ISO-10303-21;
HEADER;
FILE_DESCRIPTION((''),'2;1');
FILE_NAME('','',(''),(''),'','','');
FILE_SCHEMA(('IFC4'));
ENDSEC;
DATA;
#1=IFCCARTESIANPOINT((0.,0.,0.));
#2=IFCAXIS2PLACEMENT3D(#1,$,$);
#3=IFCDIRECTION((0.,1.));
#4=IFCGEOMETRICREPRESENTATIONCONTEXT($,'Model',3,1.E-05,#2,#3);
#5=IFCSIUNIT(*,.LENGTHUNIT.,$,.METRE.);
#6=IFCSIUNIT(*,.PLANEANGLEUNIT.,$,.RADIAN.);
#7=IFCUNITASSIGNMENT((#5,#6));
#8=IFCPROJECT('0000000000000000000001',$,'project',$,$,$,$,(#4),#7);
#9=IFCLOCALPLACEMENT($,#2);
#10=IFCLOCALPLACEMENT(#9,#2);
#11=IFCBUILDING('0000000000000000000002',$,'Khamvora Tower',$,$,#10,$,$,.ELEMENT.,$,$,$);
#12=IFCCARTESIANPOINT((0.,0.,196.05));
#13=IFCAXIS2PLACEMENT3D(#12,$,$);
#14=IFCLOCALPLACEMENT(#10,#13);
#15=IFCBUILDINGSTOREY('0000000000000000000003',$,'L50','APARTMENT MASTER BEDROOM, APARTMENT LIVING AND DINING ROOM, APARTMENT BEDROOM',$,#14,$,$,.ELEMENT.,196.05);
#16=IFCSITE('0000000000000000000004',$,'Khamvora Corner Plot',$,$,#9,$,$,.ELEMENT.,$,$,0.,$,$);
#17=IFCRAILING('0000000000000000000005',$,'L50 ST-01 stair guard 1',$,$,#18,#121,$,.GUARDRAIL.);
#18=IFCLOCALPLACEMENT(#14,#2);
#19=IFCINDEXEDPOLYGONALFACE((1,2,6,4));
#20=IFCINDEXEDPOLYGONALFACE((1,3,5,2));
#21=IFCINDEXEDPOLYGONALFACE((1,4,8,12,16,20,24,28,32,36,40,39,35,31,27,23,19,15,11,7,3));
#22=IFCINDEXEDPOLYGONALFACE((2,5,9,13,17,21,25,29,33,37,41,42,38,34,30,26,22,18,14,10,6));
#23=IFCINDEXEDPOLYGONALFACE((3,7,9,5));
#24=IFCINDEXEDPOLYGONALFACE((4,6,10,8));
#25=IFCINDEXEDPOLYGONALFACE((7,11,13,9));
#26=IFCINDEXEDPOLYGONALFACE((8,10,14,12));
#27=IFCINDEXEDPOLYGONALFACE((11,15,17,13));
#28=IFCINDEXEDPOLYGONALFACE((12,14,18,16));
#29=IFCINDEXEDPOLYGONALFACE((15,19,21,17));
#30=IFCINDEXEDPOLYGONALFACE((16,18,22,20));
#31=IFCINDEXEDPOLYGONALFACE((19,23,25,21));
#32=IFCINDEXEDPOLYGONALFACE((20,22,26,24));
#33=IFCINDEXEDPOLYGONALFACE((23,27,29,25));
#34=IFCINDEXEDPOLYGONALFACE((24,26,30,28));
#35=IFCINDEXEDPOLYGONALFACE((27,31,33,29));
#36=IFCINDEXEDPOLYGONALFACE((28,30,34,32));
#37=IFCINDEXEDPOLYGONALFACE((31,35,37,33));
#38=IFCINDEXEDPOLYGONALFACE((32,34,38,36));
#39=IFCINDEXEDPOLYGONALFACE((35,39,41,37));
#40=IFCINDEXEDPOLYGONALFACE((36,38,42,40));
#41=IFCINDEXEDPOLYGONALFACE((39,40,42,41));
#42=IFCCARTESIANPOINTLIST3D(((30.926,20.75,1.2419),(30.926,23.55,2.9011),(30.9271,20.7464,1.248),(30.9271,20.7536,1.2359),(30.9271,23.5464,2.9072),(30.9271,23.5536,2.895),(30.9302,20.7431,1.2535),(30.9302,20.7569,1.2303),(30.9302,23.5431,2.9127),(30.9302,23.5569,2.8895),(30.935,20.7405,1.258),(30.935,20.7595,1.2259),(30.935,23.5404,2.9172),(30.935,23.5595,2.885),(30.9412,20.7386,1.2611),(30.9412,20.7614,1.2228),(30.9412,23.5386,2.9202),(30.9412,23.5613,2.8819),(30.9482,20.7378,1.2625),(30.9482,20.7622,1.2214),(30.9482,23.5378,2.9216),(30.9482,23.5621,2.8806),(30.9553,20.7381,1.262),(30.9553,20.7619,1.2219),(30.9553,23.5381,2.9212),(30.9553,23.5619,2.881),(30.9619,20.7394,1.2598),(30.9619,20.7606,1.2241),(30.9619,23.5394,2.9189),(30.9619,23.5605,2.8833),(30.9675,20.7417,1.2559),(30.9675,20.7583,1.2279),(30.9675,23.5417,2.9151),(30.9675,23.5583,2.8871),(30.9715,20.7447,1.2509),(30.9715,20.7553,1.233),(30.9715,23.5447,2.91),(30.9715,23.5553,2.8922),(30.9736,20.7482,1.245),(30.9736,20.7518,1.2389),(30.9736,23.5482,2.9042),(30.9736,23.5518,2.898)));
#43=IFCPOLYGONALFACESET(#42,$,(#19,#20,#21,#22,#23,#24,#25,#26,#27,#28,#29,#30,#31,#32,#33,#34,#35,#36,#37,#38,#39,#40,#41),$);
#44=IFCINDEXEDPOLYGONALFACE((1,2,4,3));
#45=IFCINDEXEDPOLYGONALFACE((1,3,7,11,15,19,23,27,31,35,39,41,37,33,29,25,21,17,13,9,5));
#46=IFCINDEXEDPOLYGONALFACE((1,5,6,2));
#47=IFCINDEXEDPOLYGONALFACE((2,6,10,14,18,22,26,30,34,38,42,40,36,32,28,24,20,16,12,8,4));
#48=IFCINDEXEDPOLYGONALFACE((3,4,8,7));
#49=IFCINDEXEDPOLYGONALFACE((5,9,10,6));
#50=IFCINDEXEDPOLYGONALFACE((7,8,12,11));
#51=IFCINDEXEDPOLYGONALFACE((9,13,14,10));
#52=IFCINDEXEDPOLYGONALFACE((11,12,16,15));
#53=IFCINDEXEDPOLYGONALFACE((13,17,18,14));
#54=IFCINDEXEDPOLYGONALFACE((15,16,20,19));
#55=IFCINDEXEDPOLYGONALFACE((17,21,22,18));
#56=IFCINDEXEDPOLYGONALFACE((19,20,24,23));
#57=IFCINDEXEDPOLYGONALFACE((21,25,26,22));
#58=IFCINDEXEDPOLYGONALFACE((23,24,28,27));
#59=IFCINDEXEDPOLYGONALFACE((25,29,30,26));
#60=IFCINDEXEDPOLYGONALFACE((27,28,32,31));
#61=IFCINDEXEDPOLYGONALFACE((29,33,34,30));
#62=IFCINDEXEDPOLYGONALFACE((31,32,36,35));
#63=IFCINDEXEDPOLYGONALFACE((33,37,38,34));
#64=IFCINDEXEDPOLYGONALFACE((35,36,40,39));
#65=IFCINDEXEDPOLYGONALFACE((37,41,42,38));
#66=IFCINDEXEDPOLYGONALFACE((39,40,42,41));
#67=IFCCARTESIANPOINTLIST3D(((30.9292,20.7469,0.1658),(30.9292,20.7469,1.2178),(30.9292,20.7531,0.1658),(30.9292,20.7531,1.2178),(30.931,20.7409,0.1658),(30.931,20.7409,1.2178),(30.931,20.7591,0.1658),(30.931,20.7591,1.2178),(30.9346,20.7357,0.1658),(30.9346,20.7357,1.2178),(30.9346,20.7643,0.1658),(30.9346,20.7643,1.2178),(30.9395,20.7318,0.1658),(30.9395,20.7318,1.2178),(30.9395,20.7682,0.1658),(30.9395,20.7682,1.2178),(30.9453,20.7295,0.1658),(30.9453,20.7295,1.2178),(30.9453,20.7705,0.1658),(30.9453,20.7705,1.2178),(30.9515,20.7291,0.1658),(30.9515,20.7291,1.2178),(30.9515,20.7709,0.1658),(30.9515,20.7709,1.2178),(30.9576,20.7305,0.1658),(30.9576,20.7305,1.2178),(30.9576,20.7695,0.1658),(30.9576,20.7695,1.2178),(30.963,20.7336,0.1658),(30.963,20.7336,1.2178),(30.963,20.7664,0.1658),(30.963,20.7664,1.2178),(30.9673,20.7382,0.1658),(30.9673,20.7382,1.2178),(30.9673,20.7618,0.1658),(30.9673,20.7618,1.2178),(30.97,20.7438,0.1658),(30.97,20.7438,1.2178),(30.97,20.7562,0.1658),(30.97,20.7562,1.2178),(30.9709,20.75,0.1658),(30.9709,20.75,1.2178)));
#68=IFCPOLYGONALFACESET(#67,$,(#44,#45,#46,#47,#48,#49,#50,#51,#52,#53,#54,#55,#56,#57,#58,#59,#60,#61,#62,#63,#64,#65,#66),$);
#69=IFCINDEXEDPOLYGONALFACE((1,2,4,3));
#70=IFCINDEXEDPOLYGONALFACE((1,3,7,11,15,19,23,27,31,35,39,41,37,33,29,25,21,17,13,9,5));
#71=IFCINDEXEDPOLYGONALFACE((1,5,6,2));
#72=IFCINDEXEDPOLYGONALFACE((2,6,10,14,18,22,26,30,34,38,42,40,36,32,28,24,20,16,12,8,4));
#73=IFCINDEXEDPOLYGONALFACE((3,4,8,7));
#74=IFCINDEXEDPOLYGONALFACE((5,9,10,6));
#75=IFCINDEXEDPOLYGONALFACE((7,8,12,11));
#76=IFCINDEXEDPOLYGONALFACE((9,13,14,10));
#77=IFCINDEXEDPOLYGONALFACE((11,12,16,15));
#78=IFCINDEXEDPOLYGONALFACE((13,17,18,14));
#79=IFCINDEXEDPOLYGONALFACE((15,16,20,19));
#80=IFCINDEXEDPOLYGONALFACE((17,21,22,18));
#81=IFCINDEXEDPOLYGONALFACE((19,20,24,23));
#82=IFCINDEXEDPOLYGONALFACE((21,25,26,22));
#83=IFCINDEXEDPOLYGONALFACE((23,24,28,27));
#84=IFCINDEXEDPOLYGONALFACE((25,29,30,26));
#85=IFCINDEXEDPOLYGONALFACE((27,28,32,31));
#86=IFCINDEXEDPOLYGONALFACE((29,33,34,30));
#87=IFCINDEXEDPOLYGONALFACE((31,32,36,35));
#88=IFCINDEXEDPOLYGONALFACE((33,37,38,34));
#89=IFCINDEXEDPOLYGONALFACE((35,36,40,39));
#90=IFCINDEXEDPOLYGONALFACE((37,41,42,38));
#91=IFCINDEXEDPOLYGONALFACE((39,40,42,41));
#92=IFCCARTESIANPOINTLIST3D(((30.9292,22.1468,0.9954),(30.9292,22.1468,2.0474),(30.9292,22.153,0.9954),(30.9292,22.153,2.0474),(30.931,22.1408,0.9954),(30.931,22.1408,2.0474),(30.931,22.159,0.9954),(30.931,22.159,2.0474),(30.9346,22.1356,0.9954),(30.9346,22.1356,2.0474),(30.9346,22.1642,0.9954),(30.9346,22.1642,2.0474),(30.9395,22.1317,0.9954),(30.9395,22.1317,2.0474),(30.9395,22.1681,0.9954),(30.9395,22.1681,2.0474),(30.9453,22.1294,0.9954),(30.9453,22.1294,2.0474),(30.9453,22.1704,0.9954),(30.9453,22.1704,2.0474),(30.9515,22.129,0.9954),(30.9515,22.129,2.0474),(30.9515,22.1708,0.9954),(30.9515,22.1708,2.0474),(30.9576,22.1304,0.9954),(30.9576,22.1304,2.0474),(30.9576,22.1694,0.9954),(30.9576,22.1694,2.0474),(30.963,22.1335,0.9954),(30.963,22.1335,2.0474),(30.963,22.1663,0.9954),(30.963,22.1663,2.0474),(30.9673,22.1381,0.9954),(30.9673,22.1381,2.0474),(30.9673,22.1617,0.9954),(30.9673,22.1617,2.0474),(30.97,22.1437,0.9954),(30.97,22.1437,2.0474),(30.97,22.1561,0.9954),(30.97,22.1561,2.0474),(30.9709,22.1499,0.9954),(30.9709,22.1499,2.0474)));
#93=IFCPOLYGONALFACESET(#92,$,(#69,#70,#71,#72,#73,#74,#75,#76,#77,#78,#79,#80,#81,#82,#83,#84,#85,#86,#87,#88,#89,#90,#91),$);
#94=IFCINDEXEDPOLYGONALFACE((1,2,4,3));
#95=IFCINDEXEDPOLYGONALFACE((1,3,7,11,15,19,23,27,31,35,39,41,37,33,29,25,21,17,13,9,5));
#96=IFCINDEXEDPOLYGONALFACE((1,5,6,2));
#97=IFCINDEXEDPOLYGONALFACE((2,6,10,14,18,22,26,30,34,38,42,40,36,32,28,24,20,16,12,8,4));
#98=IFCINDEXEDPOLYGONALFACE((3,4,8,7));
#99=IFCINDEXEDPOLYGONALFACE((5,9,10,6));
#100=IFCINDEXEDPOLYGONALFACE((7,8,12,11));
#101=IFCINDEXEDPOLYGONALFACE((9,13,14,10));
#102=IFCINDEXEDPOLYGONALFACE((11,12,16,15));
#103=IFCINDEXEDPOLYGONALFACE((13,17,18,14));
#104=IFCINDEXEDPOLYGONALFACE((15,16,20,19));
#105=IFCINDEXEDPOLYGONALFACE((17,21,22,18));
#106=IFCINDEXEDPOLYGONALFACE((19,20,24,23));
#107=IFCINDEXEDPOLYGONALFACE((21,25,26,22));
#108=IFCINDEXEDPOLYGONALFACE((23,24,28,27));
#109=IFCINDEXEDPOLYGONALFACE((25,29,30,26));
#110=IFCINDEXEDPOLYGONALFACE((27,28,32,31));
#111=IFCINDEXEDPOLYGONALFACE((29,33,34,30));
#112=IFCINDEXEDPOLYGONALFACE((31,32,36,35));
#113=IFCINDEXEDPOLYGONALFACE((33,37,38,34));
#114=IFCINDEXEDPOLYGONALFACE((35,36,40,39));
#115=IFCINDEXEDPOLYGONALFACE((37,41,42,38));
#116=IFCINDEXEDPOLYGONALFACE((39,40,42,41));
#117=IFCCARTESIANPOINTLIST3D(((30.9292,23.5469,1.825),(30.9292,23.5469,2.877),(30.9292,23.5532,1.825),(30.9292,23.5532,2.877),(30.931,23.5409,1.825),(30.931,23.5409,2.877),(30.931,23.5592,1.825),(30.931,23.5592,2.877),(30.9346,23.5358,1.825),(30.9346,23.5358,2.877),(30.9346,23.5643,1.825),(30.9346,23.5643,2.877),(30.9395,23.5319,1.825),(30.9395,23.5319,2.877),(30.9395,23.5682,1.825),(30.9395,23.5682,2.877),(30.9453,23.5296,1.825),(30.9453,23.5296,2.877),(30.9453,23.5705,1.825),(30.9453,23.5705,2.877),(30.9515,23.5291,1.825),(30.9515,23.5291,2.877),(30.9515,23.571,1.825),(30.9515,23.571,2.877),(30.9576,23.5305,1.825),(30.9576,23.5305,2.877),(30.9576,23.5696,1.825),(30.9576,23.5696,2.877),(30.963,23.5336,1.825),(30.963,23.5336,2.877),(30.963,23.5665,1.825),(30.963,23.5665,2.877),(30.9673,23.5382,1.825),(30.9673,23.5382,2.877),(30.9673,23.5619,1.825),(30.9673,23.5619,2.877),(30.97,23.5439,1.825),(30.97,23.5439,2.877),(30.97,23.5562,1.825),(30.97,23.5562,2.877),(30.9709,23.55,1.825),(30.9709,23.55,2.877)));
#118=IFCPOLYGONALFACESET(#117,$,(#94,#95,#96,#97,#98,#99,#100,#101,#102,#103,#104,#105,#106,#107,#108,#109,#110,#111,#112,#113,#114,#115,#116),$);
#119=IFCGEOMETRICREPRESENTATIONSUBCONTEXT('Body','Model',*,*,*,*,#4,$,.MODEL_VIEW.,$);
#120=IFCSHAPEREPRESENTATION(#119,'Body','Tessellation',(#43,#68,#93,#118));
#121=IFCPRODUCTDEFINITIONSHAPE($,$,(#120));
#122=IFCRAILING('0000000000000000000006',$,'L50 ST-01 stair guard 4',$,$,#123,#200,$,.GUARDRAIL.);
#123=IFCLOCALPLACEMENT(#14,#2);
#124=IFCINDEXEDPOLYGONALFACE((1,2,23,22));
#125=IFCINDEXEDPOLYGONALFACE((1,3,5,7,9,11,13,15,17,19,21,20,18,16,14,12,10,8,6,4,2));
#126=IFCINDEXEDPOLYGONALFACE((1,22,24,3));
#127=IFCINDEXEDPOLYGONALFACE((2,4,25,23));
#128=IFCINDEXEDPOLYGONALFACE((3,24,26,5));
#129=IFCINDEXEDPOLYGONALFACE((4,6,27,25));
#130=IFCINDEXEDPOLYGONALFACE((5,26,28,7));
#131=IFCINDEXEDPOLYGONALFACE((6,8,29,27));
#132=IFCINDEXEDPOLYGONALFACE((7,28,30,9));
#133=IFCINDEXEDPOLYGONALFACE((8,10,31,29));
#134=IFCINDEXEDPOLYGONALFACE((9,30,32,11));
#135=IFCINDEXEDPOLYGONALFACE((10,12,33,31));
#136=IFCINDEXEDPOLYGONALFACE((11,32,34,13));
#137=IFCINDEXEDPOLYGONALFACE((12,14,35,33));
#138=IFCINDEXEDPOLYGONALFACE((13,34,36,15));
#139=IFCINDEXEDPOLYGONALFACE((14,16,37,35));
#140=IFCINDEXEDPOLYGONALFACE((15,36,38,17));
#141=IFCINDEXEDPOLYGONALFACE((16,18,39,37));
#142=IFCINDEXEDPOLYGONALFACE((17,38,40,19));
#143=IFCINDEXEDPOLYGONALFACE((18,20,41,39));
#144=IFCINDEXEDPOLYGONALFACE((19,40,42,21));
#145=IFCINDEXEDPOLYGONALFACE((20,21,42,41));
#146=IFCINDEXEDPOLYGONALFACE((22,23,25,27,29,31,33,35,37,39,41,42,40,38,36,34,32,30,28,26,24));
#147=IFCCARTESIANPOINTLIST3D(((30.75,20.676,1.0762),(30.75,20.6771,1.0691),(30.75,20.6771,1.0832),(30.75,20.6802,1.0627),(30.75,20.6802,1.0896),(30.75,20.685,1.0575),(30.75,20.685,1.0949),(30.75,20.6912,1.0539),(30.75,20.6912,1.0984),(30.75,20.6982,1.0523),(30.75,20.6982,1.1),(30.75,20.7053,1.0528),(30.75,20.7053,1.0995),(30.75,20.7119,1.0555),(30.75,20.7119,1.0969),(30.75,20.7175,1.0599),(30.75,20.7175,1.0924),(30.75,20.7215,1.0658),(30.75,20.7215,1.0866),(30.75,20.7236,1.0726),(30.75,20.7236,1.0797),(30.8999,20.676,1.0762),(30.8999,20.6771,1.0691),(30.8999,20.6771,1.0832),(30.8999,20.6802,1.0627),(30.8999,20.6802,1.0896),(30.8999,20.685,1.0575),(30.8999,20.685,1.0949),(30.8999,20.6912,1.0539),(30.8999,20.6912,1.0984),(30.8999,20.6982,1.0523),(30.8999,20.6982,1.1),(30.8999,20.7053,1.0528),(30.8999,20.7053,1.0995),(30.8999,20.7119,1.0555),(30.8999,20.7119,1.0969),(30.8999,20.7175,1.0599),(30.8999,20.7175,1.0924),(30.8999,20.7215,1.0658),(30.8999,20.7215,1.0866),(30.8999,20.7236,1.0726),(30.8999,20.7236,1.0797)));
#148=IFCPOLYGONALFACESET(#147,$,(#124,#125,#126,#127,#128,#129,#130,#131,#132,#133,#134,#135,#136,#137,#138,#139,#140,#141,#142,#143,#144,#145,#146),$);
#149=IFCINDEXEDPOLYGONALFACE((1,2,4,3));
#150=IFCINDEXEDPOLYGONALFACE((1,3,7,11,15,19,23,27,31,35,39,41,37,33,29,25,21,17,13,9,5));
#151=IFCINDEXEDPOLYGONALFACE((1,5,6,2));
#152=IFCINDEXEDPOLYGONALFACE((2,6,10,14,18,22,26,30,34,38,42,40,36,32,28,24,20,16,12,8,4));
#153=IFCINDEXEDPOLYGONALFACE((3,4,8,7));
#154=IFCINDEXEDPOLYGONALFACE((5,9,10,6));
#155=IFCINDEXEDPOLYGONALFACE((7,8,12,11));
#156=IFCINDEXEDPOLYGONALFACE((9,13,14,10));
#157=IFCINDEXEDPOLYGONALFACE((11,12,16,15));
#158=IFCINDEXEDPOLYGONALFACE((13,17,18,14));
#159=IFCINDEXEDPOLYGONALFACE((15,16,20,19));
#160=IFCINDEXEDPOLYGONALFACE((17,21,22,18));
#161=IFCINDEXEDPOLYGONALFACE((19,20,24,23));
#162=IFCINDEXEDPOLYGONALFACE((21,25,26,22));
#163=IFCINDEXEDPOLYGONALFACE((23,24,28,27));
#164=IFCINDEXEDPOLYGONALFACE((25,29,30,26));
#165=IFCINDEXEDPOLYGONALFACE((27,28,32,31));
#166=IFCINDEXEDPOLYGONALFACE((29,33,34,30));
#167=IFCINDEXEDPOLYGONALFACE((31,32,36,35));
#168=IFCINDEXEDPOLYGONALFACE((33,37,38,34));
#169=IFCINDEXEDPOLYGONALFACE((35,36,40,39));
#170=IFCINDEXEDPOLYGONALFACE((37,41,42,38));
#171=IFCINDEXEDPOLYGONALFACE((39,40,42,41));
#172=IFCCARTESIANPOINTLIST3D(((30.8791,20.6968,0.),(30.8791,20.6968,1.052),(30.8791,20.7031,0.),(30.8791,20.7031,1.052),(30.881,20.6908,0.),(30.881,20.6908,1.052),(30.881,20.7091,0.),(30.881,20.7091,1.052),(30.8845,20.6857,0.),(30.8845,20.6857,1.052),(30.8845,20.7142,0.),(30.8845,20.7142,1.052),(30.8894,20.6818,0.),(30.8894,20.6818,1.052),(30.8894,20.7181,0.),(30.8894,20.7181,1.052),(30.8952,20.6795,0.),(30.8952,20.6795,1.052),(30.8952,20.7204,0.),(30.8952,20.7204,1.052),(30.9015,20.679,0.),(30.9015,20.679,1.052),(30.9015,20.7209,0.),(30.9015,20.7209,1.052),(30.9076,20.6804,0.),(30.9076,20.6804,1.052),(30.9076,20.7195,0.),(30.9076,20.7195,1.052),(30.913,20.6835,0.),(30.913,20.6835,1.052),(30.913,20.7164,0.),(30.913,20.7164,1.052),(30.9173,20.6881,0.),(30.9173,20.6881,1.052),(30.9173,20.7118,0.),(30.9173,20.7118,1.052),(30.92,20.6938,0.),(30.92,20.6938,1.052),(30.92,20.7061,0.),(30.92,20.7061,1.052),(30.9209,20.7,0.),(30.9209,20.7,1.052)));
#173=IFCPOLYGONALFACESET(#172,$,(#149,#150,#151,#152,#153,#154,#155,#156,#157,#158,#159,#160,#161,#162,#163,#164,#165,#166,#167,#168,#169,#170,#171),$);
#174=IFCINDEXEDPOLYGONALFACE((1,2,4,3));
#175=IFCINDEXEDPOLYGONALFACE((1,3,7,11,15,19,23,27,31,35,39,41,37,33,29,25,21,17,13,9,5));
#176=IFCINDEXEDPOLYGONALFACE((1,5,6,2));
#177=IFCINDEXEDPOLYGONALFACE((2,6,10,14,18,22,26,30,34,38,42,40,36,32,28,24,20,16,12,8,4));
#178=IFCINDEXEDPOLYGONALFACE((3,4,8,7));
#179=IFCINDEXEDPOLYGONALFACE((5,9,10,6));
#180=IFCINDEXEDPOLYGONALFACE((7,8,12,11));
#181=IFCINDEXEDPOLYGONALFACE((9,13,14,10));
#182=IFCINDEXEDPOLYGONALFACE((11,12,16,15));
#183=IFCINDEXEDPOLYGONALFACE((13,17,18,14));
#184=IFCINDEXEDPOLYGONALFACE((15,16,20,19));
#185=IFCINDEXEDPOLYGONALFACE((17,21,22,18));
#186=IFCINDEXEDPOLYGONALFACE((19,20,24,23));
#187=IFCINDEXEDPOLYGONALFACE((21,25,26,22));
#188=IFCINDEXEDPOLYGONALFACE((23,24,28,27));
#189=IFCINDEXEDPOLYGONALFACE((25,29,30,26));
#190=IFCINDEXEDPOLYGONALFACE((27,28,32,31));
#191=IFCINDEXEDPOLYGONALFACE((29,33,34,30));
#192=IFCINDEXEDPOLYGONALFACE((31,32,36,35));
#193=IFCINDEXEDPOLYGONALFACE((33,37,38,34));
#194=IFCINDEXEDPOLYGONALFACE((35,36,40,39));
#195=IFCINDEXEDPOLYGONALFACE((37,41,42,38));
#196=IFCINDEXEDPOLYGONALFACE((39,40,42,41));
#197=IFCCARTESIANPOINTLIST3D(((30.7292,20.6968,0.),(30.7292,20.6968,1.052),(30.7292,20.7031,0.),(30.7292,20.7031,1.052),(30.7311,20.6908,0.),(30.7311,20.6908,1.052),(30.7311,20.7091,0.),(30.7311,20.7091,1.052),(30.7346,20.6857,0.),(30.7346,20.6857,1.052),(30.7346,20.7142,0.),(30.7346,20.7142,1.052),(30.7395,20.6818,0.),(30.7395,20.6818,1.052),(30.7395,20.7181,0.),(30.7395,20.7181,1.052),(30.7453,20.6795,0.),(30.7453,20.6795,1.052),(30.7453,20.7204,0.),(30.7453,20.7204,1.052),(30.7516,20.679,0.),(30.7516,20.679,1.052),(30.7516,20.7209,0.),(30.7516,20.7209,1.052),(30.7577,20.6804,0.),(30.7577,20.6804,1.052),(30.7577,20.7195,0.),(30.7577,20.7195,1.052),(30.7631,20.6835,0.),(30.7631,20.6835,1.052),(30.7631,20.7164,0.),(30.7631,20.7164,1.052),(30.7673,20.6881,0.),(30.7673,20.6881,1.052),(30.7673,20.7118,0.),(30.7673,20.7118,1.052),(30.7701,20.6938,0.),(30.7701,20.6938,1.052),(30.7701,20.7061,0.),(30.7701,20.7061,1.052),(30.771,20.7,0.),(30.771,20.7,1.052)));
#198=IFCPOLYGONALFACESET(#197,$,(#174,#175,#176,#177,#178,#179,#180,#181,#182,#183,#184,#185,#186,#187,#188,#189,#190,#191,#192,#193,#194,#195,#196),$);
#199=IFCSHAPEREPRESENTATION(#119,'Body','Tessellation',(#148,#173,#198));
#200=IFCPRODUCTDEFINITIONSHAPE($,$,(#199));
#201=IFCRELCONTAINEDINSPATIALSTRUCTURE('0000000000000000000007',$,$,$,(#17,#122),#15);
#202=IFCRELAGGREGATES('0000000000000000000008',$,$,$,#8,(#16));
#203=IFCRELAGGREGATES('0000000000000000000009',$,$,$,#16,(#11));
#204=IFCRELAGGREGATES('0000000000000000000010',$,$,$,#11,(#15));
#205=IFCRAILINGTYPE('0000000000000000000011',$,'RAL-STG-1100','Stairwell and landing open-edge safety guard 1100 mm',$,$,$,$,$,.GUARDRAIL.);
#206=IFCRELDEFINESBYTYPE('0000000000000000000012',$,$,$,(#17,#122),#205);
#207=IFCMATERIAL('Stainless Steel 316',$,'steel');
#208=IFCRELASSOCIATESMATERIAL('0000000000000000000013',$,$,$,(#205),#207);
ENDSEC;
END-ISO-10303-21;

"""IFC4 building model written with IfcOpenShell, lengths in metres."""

from ifc_helpers import new_model, si_unit, direction, frame, origin, origin_2d, place, context, subcontext, project, spatial, circle, extrude, material, type_object, element, save


model = new_model("IFC4")

# Units and contexts
model_context = context("Model", 3, precision=1e-05, world=origin(), true_north=direction((0.0, 1.0)))
body_context = subcontext(model_context, "Body", "Model", "MODEL_VIEW")
ifc_project = project(units=[si_unit("LENGTHUNIT", "METRE"), si_unit("PLANEANGLEUNIT", "RADIAN")], contexts=[model_context])

# Site, building, storey
site_placement = place(None, origin())
site = spatial("IfcSite", under=ifc_project, at=site_placement, Name="Khamvora Corner Plot", CompositionType="ELEMENT", RefElevation=0.0)
building_placement = place(site_placement, origin())
building = spatial("IfcBuilding", under=site, at=building_placement, Name="Khamvora Tower", CompositionType="ELEMENT")
storey_placement = place(building_placement, frame((0.0, 0.0, 196.05)))
storey = spatial("IfcBuildingStorey", under=building, at=storey_placement, Name="L50", Description="APARTMENT MASTER BEDROOM, APARTMENT LIVING AND DINING ROOM, APARTMENT BEDROOM", CompositionType="ELEMENT", Elevation=196.05)

# Railings
ifc_material_1 = material(Name="Stainless Steel 316", Category="steel")
railing_type_1 = type_object("IfcRailingType", Name="RAL-STG-1100", Description="Stairwell and landing open-edge safety guard 1100 mm", PredefinedType="GUARDRAIL", material=ifc_material_1)
railing_1_placement = place(storey_placement, frame((30.95, 20.75, 0.1658)))
element("IfcRailing", 1, at=railing_1_placement, inside=storey, type_object=railing_type_1, Name="L50 ST-01 stair guard 1", PredefinedType="GUARDRAIL", context=body_context, shape_type="SweptSolid", body=[
    extrude(circle(Radius=0.0239, at=origin_2d()), frame((0.0, 0.0, 1.0762), z_axis=(0.0, 0.860306, 0.509778), x_axis=(-1.0, 0.0, 0.0)), (0.0, 0.0, 1.0), 3.2546),
    extrude(circle(Radius=0.021, at=origin_2d()), origin(), (0.0, 0.0, 1.0), 1.052),
    extrude(circle(Radius=0.021, at=origin_2d()), frame((0.0, 1.3999, 0.8296)), (0.0, 0.0, 1.0), 1.052),
    extrude(circle(Radius=0.021, at=origin_2d()), frame((0.0, 2.8, 1.6592)), (0.0, 0.0, 1.0), 1.052),
])
railing_2_placement = place(storey_placement, frame((30.8999, 20.7, 0.0)))
element("IfcRailing", 2, at=railing_2_placement, inside=storey, type_object=railing_type_1, Name="L50 ST-01 stair guard 4", PredefinedType="GUARDRAIL", context=body_context, shape_type="SweptSolid", body=[
    extrude(circle(Radius=0.0239, at=origin_2d()), frame((0.0, 0.0, 1.0762), z_axis=(-1.0, 0.0, 0.0), x_axis=(0.0, -1.0, 0.0)), (0.0, 0.0, 1.0), 0.1499),
    extrude(circle(Radius=0.021, at=origin_2d()), origin(), (0.0, 0.0, 1.0), 1.052),
    extrude(circle(Radius=0.021, at=origin_2d()), frame((-0.1499, 0.0, 0.0)), (0.0, 0.0, 1.0), 1.052),
])

save(model, "model.ifc")
